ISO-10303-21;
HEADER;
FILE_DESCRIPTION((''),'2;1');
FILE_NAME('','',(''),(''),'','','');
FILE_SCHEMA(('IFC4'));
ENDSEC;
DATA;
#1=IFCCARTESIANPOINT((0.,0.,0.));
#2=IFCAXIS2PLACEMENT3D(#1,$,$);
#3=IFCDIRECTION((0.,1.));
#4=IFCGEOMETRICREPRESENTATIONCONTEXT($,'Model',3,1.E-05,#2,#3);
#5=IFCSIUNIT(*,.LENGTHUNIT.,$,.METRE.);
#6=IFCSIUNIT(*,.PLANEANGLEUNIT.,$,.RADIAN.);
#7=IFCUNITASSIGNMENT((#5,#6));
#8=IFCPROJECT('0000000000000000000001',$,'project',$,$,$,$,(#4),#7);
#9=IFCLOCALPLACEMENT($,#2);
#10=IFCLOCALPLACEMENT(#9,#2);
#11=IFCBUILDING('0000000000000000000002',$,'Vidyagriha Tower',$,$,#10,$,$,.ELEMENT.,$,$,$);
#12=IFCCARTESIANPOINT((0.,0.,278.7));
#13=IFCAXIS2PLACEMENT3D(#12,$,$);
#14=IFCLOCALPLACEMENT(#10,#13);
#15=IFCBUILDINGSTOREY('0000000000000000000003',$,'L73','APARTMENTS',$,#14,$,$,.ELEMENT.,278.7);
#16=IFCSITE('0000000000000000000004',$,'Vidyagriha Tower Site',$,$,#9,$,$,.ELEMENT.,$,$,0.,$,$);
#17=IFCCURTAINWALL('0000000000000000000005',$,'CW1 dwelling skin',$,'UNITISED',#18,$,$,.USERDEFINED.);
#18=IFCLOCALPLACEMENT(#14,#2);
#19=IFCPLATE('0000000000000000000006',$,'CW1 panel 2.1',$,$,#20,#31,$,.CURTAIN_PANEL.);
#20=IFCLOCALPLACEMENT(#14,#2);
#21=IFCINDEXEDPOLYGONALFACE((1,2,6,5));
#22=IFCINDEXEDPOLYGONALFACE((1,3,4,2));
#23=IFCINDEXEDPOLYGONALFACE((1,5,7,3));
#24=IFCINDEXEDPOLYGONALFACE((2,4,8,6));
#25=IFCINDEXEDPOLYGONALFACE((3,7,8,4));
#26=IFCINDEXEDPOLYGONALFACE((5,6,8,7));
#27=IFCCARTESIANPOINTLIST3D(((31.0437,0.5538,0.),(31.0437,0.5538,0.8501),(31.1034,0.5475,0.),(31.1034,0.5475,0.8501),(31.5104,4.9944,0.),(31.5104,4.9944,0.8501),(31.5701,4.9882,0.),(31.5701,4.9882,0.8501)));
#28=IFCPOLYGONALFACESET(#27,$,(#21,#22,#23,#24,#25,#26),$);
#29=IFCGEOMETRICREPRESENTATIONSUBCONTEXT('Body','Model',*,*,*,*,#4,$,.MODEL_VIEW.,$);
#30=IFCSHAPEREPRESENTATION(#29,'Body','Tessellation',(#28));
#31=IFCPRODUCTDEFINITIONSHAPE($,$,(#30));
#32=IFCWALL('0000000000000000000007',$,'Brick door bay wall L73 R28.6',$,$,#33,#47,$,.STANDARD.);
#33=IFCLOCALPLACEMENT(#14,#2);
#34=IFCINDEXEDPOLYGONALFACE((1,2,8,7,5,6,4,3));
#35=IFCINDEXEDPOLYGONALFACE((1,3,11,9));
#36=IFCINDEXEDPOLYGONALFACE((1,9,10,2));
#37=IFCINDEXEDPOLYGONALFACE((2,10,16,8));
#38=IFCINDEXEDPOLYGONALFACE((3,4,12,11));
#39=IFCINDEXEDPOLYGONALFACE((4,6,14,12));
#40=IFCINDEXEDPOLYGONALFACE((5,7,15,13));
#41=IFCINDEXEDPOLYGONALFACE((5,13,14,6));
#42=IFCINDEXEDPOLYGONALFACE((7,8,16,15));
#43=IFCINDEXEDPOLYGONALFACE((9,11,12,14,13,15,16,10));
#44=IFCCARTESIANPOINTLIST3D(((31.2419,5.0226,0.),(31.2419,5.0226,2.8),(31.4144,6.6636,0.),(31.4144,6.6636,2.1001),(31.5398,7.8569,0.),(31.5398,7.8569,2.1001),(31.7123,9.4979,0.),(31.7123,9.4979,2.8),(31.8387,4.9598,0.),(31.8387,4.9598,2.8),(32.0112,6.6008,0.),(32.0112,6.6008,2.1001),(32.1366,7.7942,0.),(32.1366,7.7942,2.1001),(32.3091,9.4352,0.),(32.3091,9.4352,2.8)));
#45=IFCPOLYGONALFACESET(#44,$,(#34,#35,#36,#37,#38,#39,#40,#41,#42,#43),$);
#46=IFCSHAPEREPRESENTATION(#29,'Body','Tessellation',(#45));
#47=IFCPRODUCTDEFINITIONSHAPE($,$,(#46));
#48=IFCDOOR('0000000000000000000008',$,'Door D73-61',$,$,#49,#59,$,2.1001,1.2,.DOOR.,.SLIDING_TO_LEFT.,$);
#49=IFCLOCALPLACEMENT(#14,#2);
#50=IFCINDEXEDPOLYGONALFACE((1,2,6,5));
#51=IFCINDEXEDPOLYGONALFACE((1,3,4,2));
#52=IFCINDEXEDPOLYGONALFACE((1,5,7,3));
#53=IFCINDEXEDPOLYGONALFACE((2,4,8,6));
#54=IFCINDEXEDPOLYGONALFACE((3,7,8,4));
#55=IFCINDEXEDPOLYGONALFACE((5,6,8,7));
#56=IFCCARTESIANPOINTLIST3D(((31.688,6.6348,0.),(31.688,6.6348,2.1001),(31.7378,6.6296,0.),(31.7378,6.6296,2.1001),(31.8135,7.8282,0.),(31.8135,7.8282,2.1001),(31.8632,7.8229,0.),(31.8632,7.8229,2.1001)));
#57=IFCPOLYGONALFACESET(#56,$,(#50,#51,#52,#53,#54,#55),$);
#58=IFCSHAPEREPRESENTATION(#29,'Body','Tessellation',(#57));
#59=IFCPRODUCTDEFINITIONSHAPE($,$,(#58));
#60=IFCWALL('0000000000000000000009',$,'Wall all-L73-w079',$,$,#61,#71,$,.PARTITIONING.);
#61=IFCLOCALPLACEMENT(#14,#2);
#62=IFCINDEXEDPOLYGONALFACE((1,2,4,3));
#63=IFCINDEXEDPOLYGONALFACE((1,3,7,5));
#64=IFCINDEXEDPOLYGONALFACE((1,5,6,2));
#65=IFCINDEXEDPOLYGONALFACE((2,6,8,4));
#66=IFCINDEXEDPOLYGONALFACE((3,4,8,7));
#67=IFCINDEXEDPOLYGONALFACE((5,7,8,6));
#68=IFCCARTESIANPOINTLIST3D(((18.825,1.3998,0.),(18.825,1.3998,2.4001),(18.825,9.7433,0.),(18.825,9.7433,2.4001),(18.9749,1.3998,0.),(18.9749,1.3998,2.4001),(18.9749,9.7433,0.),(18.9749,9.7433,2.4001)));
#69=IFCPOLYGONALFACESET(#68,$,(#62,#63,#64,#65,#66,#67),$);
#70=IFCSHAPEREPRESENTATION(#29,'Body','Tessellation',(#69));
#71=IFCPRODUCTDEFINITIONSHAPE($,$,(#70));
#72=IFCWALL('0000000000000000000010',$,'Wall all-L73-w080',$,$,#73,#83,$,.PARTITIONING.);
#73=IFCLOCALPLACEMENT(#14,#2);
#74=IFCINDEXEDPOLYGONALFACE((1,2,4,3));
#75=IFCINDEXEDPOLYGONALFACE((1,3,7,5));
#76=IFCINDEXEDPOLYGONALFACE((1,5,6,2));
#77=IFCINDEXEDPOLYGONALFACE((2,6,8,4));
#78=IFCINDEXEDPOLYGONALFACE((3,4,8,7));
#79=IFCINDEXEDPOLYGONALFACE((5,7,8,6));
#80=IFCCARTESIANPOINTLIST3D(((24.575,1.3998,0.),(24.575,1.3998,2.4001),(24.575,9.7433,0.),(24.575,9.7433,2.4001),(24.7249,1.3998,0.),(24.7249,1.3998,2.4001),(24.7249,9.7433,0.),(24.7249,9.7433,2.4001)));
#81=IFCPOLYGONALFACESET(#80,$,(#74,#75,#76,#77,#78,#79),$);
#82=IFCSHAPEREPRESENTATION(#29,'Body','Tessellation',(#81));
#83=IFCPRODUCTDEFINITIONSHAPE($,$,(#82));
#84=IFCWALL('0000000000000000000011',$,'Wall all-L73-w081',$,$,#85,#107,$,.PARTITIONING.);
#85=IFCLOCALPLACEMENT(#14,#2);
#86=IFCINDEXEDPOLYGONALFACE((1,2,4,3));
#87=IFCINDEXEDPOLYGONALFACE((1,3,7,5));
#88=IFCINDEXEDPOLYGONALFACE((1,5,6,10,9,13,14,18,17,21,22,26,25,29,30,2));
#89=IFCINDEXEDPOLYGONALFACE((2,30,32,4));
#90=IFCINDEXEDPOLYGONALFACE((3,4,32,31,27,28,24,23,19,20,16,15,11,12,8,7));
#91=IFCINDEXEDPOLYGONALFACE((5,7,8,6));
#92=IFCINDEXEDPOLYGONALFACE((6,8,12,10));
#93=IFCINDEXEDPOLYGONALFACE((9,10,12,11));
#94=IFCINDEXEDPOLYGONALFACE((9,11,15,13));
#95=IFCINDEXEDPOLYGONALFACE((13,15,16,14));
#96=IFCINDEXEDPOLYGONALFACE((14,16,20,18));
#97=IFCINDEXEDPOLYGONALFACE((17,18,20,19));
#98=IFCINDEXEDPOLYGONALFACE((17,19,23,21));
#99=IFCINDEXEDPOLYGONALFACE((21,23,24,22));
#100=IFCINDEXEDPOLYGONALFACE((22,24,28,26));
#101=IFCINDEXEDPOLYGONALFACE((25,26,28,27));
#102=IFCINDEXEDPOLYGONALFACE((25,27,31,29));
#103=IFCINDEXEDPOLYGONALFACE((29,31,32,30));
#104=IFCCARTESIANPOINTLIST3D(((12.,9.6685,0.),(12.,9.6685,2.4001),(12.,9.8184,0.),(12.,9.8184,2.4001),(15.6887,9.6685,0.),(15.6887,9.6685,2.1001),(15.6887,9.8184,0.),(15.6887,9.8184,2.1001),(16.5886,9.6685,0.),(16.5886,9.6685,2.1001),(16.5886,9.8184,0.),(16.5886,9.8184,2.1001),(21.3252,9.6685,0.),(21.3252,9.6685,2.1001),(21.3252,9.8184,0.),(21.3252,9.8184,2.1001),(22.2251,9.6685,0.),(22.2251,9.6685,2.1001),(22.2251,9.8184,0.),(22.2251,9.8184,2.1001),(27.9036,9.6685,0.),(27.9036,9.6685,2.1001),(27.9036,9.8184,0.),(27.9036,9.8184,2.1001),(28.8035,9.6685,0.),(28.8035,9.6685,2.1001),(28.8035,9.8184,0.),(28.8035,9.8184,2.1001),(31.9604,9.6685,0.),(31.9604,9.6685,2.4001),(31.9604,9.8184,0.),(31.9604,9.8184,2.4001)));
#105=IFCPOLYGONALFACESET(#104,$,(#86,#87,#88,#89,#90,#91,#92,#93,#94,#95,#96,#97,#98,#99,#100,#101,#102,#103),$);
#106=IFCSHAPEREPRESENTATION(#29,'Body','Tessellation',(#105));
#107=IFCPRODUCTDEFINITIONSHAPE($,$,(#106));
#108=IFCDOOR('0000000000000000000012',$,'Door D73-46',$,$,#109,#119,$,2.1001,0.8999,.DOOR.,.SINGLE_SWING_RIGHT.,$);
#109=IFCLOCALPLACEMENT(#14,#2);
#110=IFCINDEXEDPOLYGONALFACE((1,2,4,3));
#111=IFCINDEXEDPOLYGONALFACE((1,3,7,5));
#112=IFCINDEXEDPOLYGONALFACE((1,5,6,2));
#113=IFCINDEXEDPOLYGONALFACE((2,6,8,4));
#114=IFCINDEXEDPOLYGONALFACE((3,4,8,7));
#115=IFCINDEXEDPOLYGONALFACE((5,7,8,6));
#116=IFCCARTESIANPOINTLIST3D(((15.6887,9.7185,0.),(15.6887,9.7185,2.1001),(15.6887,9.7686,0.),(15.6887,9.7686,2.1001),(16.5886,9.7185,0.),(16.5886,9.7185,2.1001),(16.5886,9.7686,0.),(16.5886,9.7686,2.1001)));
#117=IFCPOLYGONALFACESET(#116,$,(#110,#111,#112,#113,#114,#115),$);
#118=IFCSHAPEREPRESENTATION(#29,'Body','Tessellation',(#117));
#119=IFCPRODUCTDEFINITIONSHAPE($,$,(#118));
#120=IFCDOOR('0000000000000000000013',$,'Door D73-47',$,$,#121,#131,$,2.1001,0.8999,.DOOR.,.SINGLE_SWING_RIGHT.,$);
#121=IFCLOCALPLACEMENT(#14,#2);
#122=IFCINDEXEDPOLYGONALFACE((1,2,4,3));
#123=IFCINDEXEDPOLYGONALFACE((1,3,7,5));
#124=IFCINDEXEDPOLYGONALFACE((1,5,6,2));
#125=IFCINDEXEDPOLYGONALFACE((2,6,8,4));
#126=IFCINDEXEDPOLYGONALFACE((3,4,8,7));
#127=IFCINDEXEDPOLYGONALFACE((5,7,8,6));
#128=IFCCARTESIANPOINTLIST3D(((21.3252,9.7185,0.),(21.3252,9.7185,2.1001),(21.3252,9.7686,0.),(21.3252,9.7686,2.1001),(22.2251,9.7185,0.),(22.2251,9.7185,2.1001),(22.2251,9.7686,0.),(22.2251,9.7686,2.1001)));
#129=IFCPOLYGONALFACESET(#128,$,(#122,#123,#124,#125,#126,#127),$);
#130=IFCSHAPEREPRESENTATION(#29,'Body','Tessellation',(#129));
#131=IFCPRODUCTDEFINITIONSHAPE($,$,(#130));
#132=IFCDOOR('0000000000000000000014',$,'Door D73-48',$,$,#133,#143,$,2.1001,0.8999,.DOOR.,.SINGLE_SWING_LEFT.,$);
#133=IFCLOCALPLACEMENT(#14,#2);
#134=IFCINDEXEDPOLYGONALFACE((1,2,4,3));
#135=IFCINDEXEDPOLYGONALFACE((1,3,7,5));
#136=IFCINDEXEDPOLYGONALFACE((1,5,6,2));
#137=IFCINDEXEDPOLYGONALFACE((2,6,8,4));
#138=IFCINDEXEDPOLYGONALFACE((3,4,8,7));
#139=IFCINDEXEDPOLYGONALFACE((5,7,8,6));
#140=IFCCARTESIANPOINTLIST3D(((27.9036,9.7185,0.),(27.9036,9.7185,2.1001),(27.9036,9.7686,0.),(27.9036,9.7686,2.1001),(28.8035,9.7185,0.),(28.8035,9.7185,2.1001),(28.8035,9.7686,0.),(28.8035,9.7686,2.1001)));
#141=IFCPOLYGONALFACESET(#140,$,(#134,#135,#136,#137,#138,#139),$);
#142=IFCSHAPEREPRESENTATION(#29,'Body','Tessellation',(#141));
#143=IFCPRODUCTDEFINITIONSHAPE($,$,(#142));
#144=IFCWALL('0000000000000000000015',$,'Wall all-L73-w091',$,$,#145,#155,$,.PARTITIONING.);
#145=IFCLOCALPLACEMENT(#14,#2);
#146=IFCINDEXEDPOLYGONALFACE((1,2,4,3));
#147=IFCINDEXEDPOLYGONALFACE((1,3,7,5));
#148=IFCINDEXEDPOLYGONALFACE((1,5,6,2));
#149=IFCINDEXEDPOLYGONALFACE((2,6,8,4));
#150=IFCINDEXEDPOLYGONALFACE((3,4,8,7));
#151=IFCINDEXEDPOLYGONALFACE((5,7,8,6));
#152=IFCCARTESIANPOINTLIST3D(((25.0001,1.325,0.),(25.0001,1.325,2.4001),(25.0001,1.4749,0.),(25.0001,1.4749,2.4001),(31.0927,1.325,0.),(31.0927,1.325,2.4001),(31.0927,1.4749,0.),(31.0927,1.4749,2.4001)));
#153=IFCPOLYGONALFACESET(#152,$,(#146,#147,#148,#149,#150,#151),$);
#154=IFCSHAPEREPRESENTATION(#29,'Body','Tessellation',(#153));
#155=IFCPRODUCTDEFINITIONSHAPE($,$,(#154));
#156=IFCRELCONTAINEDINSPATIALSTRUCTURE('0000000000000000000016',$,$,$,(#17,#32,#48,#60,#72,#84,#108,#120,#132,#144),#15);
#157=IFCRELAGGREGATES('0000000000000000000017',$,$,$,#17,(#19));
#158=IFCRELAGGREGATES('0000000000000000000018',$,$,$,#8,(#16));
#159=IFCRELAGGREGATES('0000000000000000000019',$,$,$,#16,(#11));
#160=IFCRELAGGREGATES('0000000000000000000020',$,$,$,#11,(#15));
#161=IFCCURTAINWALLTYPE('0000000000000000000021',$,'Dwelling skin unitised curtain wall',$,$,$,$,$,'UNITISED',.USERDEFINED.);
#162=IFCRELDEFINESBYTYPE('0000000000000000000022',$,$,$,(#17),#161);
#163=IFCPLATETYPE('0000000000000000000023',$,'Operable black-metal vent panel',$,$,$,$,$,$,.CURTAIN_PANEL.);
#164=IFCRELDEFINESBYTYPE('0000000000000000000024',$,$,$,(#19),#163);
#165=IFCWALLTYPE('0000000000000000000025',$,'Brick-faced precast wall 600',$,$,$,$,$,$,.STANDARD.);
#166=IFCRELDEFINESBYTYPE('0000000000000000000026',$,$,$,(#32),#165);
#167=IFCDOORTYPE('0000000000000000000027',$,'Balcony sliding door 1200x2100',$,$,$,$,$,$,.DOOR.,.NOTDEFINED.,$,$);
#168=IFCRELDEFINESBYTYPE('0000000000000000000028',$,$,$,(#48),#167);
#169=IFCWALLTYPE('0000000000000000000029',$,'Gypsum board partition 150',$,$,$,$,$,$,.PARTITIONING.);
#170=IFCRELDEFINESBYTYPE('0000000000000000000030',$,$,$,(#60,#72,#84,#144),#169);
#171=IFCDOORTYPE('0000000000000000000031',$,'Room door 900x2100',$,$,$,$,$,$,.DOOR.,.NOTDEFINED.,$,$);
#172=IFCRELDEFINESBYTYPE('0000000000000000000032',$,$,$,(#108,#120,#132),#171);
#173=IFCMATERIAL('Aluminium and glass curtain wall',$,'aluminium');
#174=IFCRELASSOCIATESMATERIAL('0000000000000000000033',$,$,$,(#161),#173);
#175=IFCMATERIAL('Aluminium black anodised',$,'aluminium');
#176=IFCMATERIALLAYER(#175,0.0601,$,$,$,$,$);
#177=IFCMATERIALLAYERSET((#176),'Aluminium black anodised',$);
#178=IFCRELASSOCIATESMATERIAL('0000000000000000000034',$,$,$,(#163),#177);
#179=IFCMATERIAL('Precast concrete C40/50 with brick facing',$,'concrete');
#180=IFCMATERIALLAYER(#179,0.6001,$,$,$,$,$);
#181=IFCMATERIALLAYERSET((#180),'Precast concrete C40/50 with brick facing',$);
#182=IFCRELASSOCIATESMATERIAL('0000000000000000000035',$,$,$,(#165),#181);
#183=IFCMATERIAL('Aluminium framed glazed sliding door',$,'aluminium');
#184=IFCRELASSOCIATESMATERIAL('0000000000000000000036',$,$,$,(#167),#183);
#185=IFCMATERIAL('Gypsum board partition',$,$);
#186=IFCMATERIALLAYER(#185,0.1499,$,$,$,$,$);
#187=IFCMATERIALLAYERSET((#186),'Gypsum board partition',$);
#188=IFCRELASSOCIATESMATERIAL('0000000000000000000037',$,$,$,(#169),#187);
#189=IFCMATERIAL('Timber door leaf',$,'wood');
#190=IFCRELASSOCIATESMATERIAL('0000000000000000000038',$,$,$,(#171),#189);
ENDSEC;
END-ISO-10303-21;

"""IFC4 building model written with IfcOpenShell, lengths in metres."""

from ifc_helpers import new_model, si_unit, direction, frame, frame_2d, origin, origin_2d, place, context, subcontext, project, spatial, rectangle, extrude, material, layer, layer_set, type_object, element, fill, aggregate, save


model = new_model("IFC4")

# Units and contexts
model_context = context("Model", 3, precision=1e-05, world=origin(), true_north=direction((0.0, 1.0)))
body_context = subcontext(model_context, "Body", "Model", "MODEL_VIEW")
ifc_project = project(units=[si_unit("LENGTHUNIT", "METRE"), si_unit("PLANEANGLEUNIT", "RADIAN")], contexts=[model_context])

# Site, building, storey
site_placement = place(None, origin())
site = spatial("IfcSite", under=ifc_project, at=site_placement, Name="Vidyagriha Tower Site", CompositionType="ELEMENT", RefElevation=0.0)
building_placement = place(site_placement, origin())
building = spatial("IfcBuilding", under=site, at=building_placement, Name="Vidyagriha Tower", CompositionType="ELEMENT")
storey_placement = place(building_placement, frame((0.0, 0.0, 278.7)))
storey = spatial("IfcBuildingStorey", under=building, at=storey_placement, Name="L73", Description="APARTMENTS", CompositionType="ELEMENT", Elevation=278.7)

# Curtain wall
ifc_material_1 = material(Name="Aluminium and glass curtain wall", Category="aluminium")
curtain_wall_type = type_object("IfcCurtainWallType", Name="Dwelling skin unitised curtain wall", ElementType="UNITISED", PredefinedType="USERDEFINED", material=ifc_material_1)
curtain_wall_1_placement = place(storey_placement, origin())
curtain_wall_1 = element("IfcCurtainWall", 1, at=curtain_wall_1_placement, inside=storey, type_object=curtain_wall_type, Name="CW1 dwelling skin", ObjectType="UNITISED", PredefinedType="USERDEFINED")

# Plate
ifc_material_2 = material(Name="Aluminium black anodised", Category="aluminium")
ifc_layer_1 = layer(ifc_material_2, 0.0601)
ifc_layer_set_1 = layer_set([ifc_layer_1], Name="Aluminium black anodised")
plate_type_1 = type_object("IfcPlateType", Name="Operable black-metal vent panel", PredefinedType="CURTAIN_PANEL", material=ifc_layer_set_1)
plate_1_placement = place(storey_placement, frame((31.3069, 2.771, 0.0), z_axis=(0.0, 0.0, 1.0), x_axis=(0.10453, 0.994522, 0.0)))
plate_1 = element("IfcPlate", 2, at=plate_1_placement, type_object=plate_type_1, Name="CW1 panel 2.1", PredefinedType="CURTAIN_PANEL", context=body_context, shape_type="SweptSolid", body=[
    extrude(rectangle(XDim=4.4651, YDim=0.0601, at=origin_2d()), origin(), (0.0, 0.0, 1.0), 0.8501),
])
aggregate(curtain_wall_1, [plate_1])

# Wall, opening, door
ifc_material_3 = material(Name="Precast concrete C40/50 with brick facing", Category="concrete")
ifc_layer_2 = layer(ifc_material_3, 0.6001)
ifc_layer_set_2 = layer_set([ifc_layer_2], Name="Precast concrete C40/50 with brick facing")
wall_type_1 = type_object("IfcWallType", Name="Brick-faced precast wall 600", PredefinedType="STANDARD", material=ifc_layer_set_2)
wall_1_placement = place(storey_placement, frame((31.5403, 4.9912, 0.0), z_axis=(0.0, 0.0, 1.0), x_axis=(0.104546, 0.99452, 0.0)))
wall_1 = element("IfcWall", 3, at=wall_1_placement, inside=storey, type_object=wall_type_1, Name="Brick door bay wall L73 R28.6", PredefinedType="STANDARD", context=body_context, shape_type="SweptSolid", body=[
    extrude(rectangle(XDim=4.5, YDim=0.6001, at=frame_2d((2.25, 0.0))), origin(), (0.0, 0.0, 1.0), 2.8),
])
opening_1_placement = place(wall_1_placement, frame((1.6499, 0.0, 0.0)))
opening_1 = element("IfcOpeningElement", 4, at=opening_1_placement, cuts=wall_1, PredefinedType="OPENING", context=body_context, shape_type="SweptSolid", body=[
    extrude(rectangle(XDim=1.2, YDim=2.1001, at=frame_2d((0.6001, 1.05))), frame((0.0, 0.3101, 0.0), z_axis=(0.0, -1.0, 0.0), x_axis=(1.0, 0.0, 0.0)), (0.0, 0.0, 1.0), 0.6201),
])
ifc_material_4 = material(Name="Aluminium framed glazed sliding door", Category="aluminium")
door_type_1 = type_object("IfcDoorType", Name="Balcony sliding door 1200x2100", OperationType="NOTDEFINED", PredefinedType="DOOR", material=ifc_material_4)
door_1_placement = place(opening_1_placement, origin())
door_1 = element("IfcDoor", 5, at=door_1_placement, inside=storey, type_object=door_type_1, Name="Door D73-61", OperationType="SLIDING_TO_LEFT", OverallHeight=2.1001, OverallWidth=1.2, PredefinedType="DOOR", context=body_context, shape_type="SweptSolid", body=[
    extrude(rectangle(XDim=1.2, YDim=2.1001, at=frame_2d((0.6001, 1.05))), frame((0.0, 0.0249, 0.0), z_axis=(0.0, -1.0, 0.0), x_axis=(1.0, 0.0, 0.0)), (0.0, 0.0, 1.0), 0.05),
])
fill(opening_1, door_1)

# Walls
ifc_material_5 = material(Name="Gypsum board partition")
ifc_layer_3 = layer(ifc_material_5, 0.1499)
ifc_layer_set_3 = layer_set([ifc_layer_3], Name="Gypsum board partition")
wall_type_2 = type_object("IfcWallType", Name="Gypsum board partition 150", PredefinedType="PARTITIONING", material=ifc_layer_set_3)
for number, where, z_axis, x_axis, name in (
    (6, (18.8999, 9.7434, 0.0), (0.0, 0.0, 1.0), (0.0, -1.0, 0.0), "Wall all-L73-w079"),
    (7, (24.6499, 9.7434, 0.0), (0.0, 0.0, 1.0), (0.0, -1.0, 0.0), "Wall all-L73-w080"),
):
    element("IfcWall", number, at=place(storey_placement, frame(where, z_axis=z_axis, x_axis=x_axis)), inside=storey, type_object=wall_type_2, Name=name, PredefinedType="PARTITIONING", context=body_context, shape_type="SweptSolid", body=[
        extrude(rectangle(XDim=8.3435, YDim=0.1499, at=frame_2d((4.1719, 0.0))), origin(), (0.0, 0.0, 1.0), 2.4001),
    ])

# Wall, openings, doors
wall_2_placement = place(storey_placement, frame((31.9604, 9.7434, 0.0), z_axis=(0.0, 0.0, 1.0), x_axis=(-1.0, 0.0, 0.0)))
wall_2 = element("IfcWall", 8, at=wall_2_placement, inside=storey, type_object=wall_type_2, Name="Wall all-L73-w081", PredefinedType="PARTITIONING", context=body_context, shape_type="SweptSolid", body=[
    extrude(rectangle(XDim=19.9604, YDim=0.1499, at=frame_2d((9.9802, 0.0))), origin(), (0.0, 0.0, 1.0), 2.4001),
])
opening_2_placement = place(wall_2_placement, frame((15.3718, 0.0, 0.0)))
opening_2 = element("IfcOpeningElement", 9, at=opening_2_placement, cuts=wall_2, PredefinedType="OPENING", context=body_context, shape_type="SweptSolid", body=[
    extrude(rectangle(XDim=0.8999, YDim=2.1001, at=frame_2d((0.45, 1.05))), frame((0.0, 0.085, 0.0), z_axis=(0.0, -1.0, 0.0), x_axis=(1.0, 0.0, 0.0)), (0.0, 0.0, 1.0), 0.1699),
])
opening_3_placement = place(wall_2_placement, frame((9.7354, 0.0, 0.0)))
opening_3 = element("IfcOpeningElement", 10, at=opening_3_placement, cuts=wall_2, PredefinedType="OPENING", context=body_context, shape_type="SweptSolid", body=[
    extrude(rectangle(XDim=0.8999, YDim=2.1001, at=frame_2d((0.45, 1.05))), frame((0.0, 0.085, 0.0), z_axis=(0.0, -1.0, 0.0), x_axis=(1.0, 0.0, 0.0)), (0.0, 0.0, 1.0), 0.1699),
])
opening_4_placement = place(wall_2_placement, frame((3.157, 0.0, 0.0)))
opening_4 = element("IfcOpeningElement", 11, at=opening_4_placement, cuts=wall_2, PredefinedType="OPENING", context=body_context, shape_type="SweptSolid", body=[
    extrude(rectangle(XDim=0.8999, YDim=2.1001, at=frame_2d((0.45, 1.05))), frame((0.0, 0.085, 0.0), z_axis=(0.0, -1.0, 0.0), x_axis=(1.0, 0.0, 0.0)), (0.0, 0.0, 1.0), 0.1699),
])
ifc_material_6 = material(Name="Timber door leaf", Category="wood")
door_type_2 = type_object("IfcDoorType", Name="Room door 900x2100", OperationType="NOTDEFINED", PredefinedType="DOOR", material=ifc_material_6)
door_2_placement = place(opening_2_placement, origin())
door_2 = element("IfcDoor", 12, at=door_2_placement, inside=storey, type_object=door_type_2, Name="Door D73-46", OperationType="SINGLE_SWING_RIGHT", OverallHeight=2.1001, OverallWidth=0.8999, PredefinedType="DOOR", context=body_context, shape_type="SweptSolid", body=[
    extrude(rectangle(XDim=0.8999, YDim=2.1001, at=frame_2d((0.45, 1.05))), frame((0.0, 0.0249, 0.0), z_axis=(0.0, -1.0, 0.0), x_axis=(1.0, 0.0, 0.0)), (0.0, 0.0, 1.0), 0.05),
])
fill(opening_2, door_2)
door_3_placement = place(opening_3_placement, origin())
door_3 = element("IfcDoor", 13, at=door_3_placement, inside=storey, type_object=door_type_2, Name="Door D73-47", OperationType="SINGLE_SWING_RIGHT", OverallHeight=2.1001, OverallWidth=0.8999, PredefinedType="DOOR", context=body_context, shape_type="SweptSolid", body=[
    extrude(rectangle(XDim=0.8999, YDim=2.1001, at=frame_2d((0.45, 1.05))), frame((0.0, 0.0249, 0.0), z_axis=(0.0, -1.0, 0.0), x_axis=(1.0, 0.0, 0.0)), (0.0, 0.0, 1.0), 0.05),
])
fill(opening_3, door_3)
door_4_placement = place(opening_4_placement, origin())
door_4 = element("IfcDoor", 14, at=door_4_placement, inside=storey, type_object=door_type_2, Name="Door D73-48", OperationType="SINGLE_SWING_LEFT", OverallHeight=2.1001, OverallWidth=0.8999, PredefinedType="DOOR", context=body_context, shape_type="SweptSolid", body=[
    extrude(rectangle(XDim=0.8999, YDim=2.1001, at=frame_2d((0.45, 1.05))), frame((0.0, 0.0249, 0.0), z_axis=(0.0, -1.0, 0.0), x_axis=(1.0, 0.0, 0.0)), (0.0, 0.0, 1.0), 0.05),
])
fill(opening_4, door_4)

# Wall
wall_3_placement = place(storey_placement, frame((25.0, 1.3999, 0.0)))
element("IfcWall", 15, at=wall_3_placement, inside=storey, type_object=wall_type_2, Name="Wall all-L73-w091", PredefinedType="PARTITIONING", context=body_context, shape_type="SweptSolid", body=[
    extrude(rectangle(XDim=6.0925, YDim=0.1499, at=frame_2d((3.0464, 0.0))), origin(), (0.0, 0.0, 1.0), 2.4001),
])

save(model, "model.ifc")
